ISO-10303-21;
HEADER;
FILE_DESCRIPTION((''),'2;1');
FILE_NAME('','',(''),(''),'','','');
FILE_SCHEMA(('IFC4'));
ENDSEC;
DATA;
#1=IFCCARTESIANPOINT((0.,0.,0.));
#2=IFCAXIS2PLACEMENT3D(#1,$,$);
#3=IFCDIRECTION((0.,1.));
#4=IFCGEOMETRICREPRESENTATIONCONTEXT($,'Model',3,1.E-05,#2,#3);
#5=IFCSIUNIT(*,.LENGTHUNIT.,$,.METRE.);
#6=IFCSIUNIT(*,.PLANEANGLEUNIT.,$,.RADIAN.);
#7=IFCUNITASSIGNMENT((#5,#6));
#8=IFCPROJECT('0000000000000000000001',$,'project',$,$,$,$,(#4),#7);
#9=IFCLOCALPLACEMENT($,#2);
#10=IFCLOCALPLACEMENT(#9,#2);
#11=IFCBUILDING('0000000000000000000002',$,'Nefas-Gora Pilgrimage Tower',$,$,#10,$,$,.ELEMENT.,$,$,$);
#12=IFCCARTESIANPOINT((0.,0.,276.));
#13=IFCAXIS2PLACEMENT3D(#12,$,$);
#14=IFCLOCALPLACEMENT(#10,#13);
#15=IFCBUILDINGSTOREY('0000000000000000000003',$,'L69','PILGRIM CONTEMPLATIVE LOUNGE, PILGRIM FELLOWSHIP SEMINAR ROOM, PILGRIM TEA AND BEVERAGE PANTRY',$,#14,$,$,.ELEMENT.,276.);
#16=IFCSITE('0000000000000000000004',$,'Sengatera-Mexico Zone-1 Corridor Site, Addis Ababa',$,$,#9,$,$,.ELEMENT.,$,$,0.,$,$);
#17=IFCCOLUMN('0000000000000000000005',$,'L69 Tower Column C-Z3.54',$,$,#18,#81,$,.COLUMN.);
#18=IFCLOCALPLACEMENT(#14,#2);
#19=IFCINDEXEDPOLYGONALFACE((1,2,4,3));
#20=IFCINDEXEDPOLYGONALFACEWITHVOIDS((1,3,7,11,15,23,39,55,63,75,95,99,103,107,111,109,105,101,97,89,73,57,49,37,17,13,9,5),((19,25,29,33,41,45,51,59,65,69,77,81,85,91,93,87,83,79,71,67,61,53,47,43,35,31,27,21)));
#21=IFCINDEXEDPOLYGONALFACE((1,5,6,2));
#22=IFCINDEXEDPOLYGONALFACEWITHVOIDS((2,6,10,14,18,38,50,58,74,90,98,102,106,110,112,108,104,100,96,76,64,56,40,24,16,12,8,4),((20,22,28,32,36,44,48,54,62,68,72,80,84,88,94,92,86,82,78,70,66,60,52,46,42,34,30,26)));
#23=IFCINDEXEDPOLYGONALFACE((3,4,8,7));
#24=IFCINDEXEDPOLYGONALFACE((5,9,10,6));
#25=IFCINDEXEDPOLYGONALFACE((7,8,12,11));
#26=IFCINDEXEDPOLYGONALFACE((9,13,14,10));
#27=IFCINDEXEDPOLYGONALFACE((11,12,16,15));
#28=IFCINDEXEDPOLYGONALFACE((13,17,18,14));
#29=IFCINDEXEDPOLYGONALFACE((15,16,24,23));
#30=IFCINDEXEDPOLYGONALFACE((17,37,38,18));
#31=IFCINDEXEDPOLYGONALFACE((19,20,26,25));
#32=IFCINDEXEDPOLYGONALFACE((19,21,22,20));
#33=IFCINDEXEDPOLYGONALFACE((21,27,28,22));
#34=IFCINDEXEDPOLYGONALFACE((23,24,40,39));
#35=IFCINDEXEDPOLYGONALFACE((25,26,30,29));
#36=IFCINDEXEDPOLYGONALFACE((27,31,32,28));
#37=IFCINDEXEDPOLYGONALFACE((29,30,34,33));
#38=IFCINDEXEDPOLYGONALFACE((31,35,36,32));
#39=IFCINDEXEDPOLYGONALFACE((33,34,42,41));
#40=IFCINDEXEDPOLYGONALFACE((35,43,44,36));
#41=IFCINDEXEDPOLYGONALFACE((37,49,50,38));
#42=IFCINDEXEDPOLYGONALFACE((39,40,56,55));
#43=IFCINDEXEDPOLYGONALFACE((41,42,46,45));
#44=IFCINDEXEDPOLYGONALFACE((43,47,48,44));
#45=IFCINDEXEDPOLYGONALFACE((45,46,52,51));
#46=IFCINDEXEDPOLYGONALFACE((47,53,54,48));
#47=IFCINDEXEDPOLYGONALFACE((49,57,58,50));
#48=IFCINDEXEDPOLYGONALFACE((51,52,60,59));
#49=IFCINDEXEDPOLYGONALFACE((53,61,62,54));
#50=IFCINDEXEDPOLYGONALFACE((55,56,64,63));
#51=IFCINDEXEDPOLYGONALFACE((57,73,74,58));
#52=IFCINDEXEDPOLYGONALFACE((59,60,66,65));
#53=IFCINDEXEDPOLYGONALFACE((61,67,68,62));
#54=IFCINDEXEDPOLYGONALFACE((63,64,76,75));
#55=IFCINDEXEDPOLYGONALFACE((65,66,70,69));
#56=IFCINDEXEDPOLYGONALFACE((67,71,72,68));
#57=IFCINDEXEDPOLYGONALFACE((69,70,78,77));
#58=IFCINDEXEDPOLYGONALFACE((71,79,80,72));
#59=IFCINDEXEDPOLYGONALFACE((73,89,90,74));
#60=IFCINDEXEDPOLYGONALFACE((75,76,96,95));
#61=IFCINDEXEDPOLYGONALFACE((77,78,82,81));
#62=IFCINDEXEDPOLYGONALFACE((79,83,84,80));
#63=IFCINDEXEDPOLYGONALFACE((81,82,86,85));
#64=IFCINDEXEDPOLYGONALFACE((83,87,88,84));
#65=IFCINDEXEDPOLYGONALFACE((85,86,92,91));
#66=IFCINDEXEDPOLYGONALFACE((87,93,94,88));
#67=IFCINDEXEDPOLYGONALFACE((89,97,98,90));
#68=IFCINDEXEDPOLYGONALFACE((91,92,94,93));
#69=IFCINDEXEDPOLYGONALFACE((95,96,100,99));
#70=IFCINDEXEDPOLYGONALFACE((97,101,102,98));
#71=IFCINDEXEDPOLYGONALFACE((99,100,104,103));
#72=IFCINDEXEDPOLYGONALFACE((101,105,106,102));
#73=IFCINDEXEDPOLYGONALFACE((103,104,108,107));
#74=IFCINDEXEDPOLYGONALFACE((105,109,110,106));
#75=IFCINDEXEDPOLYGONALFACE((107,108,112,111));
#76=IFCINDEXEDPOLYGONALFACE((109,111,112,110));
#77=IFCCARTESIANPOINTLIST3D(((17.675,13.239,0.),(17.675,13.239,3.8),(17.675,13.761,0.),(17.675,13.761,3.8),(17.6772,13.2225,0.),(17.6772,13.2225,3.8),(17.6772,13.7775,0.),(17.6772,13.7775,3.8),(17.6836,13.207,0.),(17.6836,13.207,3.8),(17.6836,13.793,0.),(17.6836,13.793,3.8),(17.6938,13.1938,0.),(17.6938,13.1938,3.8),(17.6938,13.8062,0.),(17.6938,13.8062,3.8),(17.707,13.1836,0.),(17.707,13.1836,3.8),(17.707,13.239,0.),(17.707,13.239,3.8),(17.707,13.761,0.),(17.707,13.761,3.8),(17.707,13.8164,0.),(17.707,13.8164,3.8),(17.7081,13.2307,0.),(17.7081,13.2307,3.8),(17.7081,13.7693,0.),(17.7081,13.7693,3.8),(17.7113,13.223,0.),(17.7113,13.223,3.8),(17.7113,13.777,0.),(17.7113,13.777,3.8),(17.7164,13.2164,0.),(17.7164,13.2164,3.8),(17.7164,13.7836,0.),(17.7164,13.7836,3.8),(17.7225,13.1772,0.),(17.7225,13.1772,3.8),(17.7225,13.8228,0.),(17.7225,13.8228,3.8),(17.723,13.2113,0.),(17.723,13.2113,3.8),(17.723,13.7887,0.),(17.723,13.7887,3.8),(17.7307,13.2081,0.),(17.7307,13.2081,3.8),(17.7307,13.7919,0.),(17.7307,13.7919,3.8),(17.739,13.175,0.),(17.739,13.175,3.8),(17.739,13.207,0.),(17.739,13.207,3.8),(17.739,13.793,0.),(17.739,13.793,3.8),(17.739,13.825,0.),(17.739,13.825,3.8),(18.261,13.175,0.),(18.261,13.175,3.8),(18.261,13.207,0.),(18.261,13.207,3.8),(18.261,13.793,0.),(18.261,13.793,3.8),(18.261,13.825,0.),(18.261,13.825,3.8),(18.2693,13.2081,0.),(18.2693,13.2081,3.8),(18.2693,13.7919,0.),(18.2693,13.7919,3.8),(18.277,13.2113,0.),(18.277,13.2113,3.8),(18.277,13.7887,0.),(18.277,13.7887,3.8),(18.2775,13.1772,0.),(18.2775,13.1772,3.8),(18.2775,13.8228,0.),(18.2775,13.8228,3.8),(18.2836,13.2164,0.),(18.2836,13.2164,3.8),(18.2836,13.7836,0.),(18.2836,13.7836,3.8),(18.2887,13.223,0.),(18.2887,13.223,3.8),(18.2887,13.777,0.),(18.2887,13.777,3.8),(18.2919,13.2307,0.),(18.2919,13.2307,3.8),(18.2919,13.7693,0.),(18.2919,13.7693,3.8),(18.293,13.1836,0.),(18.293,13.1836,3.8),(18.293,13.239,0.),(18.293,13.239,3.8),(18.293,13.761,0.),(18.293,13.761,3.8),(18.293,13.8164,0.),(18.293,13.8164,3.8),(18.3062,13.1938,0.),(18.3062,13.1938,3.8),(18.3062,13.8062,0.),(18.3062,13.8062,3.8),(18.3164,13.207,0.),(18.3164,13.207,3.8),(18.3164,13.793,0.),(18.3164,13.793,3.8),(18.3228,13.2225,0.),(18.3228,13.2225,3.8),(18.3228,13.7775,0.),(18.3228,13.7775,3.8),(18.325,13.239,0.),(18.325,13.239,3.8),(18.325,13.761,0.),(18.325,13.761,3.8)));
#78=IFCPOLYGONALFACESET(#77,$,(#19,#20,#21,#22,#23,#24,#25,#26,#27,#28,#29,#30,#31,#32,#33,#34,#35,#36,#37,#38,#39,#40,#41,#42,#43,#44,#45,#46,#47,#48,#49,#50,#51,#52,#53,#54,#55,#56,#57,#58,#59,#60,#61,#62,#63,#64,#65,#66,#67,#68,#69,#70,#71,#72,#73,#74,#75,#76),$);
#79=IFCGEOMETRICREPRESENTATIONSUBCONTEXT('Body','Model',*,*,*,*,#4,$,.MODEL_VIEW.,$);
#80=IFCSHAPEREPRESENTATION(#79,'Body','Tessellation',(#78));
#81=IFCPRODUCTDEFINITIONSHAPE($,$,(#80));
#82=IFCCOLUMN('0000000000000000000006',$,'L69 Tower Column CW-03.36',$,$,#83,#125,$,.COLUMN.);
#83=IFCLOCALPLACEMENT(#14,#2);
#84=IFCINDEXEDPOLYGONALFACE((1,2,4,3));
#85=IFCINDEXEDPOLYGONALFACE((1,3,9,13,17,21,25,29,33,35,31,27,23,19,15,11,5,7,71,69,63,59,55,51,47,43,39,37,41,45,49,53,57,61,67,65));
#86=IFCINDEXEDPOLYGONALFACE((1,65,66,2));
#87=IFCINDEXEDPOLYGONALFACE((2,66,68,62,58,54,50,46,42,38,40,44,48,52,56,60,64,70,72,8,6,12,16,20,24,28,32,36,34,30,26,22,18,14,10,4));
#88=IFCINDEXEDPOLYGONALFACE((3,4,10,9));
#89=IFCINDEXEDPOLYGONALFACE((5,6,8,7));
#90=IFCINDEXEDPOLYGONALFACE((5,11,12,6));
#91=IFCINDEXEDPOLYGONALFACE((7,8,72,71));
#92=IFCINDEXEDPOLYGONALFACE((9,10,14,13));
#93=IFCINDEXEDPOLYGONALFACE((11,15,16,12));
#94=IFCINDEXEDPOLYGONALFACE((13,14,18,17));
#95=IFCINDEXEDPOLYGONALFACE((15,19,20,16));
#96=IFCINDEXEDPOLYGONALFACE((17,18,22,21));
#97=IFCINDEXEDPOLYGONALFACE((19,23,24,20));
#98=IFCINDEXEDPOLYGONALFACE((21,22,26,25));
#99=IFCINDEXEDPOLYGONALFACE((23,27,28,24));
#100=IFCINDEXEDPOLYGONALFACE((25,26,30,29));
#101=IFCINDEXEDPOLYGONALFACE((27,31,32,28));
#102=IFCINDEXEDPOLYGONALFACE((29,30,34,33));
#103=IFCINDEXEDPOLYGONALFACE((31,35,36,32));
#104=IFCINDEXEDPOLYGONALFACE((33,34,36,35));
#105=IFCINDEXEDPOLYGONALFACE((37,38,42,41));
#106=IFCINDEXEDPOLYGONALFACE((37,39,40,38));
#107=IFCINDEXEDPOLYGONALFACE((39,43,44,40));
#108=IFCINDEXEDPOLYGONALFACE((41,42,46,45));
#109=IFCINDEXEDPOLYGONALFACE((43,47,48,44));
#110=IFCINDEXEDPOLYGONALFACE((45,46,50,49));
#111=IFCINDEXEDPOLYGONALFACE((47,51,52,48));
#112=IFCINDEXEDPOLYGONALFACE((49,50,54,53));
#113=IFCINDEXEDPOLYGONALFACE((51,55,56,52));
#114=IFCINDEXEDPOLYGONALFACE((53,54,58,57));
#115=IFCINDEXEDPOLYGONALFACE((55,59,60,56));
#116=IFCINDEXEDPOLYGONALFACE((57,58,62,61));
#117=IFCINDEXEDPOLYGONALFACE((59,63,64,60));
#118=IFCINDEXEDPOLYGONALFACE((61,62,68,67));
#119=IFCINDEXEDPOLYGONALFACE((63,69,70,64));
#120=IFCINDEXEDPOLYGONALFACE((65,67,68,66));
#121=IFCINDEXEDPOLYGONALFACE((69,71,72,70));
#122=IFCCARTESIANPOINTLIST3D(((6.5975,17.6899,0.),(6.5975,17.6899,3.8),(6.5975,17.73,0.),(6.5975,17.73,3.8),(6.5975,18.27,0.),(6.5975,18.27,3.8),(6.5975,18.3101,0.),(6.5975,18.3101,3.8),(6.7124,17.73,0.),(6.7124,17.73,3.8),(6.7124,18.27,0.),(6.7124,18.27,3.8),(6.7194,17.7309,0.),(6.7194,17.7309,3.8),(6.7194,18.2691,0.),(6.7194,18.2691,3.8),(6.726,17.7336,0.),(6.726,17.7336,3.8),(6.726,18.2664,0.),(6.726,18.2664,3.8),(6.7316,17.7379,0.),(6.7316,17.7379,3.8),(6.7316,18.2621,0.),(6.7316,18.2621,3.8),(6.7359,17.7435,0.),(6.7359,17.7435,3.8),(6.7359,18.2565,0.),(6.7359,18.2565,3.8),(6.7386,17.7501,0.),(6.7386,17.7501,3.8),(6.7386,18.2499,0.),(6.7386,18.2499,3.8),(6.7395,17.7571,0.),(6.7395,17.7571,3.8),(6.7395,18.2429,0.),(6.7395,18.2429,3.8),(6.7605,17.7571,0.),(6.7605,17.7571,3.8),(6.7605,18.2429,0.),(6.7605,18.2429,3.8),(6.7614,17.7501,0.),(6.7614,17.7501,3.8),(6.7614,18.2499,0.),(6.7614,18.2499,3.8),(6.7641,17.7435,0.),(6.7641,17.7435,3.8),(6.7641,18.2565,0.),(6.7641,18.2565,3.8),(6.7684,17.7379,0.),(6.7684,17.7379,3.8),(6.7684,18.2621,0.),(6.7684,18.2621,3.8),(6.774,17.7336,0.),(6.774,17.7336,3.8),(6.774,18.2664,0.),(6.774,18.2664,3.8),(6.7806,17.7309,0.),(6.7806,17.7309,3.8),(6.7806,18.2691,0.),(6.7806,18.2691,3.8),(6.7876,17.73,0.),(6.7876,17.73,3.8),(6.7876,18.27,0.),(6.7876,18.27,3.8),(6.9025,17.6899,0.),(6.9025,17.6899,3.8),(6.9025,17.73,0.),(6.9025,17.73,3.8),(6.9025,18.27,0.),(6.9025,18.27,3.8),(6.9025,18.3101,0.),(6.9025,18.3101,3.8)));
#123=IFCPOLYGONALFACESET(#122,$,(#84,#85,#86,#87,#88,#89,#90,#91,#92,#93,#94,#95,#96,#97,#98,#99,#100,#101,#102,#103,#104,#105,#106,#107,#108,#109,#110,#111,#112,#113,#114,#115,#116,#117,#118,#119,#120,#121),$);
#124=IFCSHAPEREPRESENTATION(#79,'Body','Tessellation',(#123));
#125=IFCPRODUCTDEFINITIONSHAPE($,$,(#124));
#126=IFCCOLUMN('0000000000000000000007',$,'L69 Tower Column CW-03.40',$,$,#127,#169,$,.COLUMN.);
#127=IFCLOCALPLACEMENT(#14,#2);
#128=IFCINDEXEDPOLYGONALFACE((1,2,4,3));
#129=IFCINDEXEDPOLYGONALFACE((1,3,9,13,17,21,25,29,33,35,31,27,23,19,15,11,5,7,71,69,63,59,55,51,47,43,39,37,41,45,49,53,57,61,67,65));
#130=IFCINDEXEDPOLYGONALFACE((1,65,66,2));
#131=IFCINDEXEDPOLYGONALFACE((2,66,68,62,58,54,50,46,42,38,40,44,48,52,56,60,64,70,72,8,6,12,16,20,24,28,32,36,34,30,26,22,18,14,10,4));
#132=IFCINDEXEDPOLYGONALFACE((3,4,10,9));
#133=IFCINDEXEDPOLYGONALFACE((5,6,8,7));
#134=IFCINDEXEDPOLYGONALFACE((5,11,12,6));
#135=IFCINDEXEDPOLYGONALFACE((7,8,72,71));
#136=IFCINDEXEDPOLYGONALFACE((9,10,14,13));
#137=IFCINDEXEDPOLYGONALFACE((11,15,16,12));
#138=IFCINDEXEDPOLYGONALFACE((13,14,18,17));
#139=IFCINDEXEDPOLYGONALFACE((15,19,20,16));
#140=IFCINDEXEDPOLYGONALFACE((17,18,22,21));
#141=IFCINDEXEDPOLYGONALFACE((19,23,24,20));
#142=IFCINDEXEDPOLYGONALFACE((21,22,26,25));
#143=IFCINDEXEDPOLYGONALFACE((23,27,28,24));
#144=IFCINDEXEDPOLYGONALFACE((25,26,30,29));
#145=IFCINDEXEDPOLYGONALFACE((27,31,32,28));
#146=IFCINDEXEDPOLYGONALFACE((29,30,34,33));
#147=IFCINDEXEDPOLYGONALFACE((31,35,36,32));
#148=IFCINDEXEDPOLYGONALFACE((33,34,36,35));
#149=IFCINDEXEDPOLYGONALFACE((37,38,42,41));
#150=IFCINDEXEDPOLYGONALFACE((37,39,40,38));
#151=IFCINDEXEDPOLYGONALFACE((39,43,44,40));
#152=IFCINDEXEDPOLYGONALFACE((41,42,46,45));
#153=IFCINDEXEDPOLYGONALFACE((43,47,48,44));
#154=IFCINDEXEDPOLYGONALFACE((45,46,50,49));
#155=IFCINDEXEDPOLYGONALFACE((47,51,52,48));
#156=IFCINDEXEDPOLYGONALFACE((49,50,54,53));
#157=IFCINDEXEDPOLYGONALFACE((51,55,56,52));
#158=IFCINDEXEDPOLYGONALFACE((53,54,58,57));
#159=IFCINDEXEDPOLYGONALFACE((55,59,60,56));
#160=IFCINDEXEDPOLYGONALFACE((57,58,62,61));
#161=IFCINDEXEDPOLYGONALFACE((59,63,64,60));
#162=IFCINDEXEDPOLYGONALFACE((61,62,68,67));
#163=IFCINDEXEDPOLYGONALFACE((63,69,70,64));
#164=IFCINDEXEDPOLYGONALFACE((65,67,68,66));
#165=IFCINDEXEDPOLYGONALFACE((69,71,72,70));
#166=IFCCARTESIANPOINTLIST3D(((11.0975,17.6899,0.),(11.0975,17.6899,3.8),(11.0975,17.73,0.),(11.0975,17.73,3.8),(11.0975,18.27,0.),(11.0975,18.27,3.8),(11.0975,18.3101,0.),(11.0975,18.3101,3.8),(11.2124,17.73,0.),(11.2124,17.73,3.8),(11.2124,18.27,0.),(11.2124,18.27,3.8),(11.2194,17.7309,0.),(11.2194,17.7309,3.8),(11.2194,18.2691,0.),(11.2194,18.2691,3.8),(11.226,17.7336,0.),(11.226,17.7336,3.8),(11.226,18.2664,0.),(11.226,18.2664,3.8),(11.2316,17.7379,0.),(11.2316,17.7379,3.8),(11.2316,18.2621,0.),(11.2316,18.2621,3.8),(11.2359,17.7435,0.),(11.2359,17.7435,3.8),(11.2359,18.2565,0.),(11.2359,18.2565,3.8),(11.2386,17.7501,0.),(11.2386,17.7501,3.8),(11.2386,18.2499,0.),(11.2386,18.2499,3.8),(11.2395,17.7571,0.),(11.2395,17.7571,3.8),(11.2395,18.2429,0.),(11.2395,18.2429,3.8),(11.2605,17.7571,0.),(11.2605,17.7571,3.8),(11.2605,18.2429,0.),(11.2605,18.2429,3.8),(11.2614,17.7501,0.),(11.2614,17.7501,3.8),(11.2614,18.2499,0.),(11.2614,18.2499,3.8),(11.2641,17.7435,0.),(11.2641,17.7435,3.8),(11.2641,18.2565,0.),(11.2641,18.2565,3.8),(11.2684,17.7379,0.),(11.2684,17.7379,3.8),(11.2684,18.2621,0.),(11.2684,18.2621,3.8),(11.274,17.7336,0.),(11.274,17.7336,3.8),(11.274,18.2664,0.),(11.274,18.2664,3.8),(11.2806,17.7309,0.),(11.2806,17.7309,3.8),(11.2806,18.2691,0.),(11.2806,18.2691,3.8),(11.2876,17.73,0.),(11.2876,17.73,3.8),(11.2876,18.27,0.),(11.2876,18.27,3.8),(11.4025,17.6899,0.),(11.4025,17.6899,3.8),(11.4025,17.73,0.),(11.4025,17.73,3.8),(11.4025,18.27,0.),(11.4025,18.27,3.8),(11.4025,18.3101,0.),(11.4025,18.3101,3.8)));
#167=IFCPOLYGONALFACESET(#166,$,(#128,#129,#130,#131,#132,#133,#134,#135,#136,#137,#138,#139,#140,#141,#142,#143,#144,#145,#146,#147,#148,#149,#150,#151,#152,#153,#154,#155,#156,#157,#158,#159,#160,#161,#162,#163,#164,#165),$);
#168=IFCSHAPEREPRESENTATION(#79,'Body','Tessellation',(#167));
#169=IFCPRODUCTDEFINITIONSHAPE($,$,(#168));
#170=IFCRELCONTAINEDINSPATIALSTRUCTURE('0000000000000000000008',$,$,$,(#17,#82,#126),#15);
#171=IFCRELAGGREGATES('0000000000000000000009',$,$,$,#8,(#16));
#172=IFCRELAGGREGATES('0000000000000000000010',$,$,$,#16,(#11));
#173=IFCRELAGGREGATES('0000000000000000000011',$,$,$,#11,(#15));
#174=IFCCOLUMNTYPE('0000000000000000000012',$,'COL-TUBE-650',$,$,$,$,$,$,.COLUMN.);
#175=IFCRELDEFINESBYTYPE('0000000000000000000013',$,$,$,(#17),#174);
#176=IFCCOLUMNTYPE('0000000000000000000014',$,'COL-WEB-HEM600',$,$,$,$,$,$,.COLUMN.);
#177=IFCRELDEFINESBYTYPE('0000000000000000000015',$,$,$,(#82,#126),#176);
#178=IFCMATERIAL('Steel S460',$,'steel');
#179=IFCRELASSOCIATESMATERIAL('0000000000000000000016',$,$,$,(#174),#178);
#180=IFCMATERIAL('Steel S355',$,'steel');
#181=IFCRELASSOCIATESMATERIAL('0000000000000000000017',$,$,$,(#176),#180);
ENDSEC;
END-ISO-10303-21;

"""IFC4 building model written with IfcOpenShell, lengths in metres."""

from ifc_helpers import new_model, si_unit, direction, frame, origin, origin_2d, place, context, subcontext, project, spatial, hollow_rectangle, i_section, extrude, source, transform, mapped, material, material_profile, profile_set, type_object, element, save


model = new_model("IFC4")

# Units and contexts
model_context = context("Model", 3, precision=1e-05, world=origin(), true_north=direction((0.0, 1.0)))
body_context = subcontext(model_context, "Body", "Model", "MODEL_VIEW")
ifc_project = project(units=[si_unit("LENGTHUNIT", "METRE"), si_unit("PLANEANGLEUNIT", "RADIAN")], contexts=[model_context])

# Site, building, storey
site_placement = place(None, origin())
site = spatial("IfcSite", under=ifc_project, at=site_placement, Name="Sengatera-Mexico Zone-1 Corridor Site, Addis Ababa", CompositionType="ELEMENT", RefElevation=0.0)
building_placement = place(site_placement, origin())
building = spatial("IfcBuilding", under=site, at=building_placement, Name="Nefas-Gora Pilgrimage Tower", CompositionType="ELEMENT")
storey_placement = place(building_placement, frame((0.0, 0.0, 276.0)))
storey = spatial("IfcBuildingStorey", under=building, at=storey_placement, Name="L69", Description="PILGRIM CONTEMPLATIVE LOUNGE, PILGRIM FELLOWSHIP SEMINAR ROOM, PILGRIM TEA AND BEVERAGE PANTRY", CompositionType="ELEMENT", Elevation=276.0)

# Columns
ifc_material_1 = material(Name="Steel S460", Category="steel")
ifc_material_profile_1 = material_profile(ifc_material_1, hollow_rectangle(XDim=0.6499, YDim=0.6499, WallThickness=0.032, InnerFilletRadius=0.032, OuterFilletRadius=0.064, at=origin_2d()), Name="BOX 650x650x32")
ifc_profile_set_1 = profile_set([ifc_material_profile_1], Name="Steel S460")
column_type_1 = type_object("IfcColumnType", Name="COL-TUBE-650", PredefinedType="COLUMN", material=ifc_profile_set_1)
shared_shape_1 = source(origin(), body_context, "Body", "SweptSolid", [
    extrude(hollow_rectangle(XDim=0.6499, YDim=0.6499, WallThickness=0.032, InnerFilletRadius=0.032, OuterFilletRadius=0.064, at=origin_2d()), origin(), (0.0, 0.0, 1.0), 3.8),
])
column_placement = place(storey_placement, frame((18.0, 13.5, 0.0), z_axis=(0.0, 0.0, 1.0), x_axis=(1.0, 0.0, 0.0)))
element("IfcColumn", 1, at=column_placement, inside=storey, type_object=column_type_1, Name="L69 Tower Column C-Z3.54", PredefinedType="COLUMN", context=body_context, shape_type="MappedRepresentation", body=[
    mapped(shared_shape_1, transform((0.0, 0.0, 0.0), x_axis=(1.0, 0.0, 0.0), y_axis=(0.0, 1.0, 0.0), z_axis=(0.0, 0.0, 1.0), scale=1.0)),
])
ifc_material_2 = material(Name="Steel S355", Category="steel")
ifc_material_profile_2 = material_profile(ifc_material_2, i_section(OverallWidth=0.3049, OverallDepth=0.6201, WebThickness=0.021, FlangeThickness=0.04, FilletRadius=0.0271, at=origin_2d()), Name="HEM 600")
ifc_profile_set_2 = profile_set([ifc_material_profile_2], Name="Steel S355")
column_type_2 = type_object("IfcColumnType", Name="COL-WEB-HEM600", PredefinedType="COLUMN", material=ifc_profile_set_2)
shared_shape_2 = source(origin(), body_context, "Body", "SweptSolid", [
    extrude(i_section(OverallWidth=0.3049, OverallDepth=0.6201, WebThickness=0.021, FlangeThickness=0.04, FilletRadius=0.0271, at=origin_2d()), origin(), (0.0, 0.0, 1.0), 3.8),
])
for number, where, z_axis, x_axis, name in (
    (2, (6.75, 18.0, 0.0), (0.0, 0.0, 1.0), (1.0, 0.0, 0.0), "L69 Tower Column CW-03.36"),
    (3, (11.25, 18.0, 0.0), (0.0, 0.0, 1.0), (1.0, 0.0, 0.0), "L69 Tower Column CW-03.40"),
):
    element("IfcColumn", number, at=place(storey_placement, frame(where, z_axis=z_axis, x_axis=x_axis)), inside=storey, type_object=column_type_2, Name=name, PredefinedType="COLUMN", context=body_context, shape_type="MappedRepresentation", body=[
        mapped(shared_shape_2, transform((0.0, 0.0, 0.0), x_axis=(1.0, 0.0, 0.0), y_axis=(0.0, 1.0, 0.0), z_axis=(0.0, 0.0, 1.0), scale=1.0)),
    ])

save(model, "model.ifc")
